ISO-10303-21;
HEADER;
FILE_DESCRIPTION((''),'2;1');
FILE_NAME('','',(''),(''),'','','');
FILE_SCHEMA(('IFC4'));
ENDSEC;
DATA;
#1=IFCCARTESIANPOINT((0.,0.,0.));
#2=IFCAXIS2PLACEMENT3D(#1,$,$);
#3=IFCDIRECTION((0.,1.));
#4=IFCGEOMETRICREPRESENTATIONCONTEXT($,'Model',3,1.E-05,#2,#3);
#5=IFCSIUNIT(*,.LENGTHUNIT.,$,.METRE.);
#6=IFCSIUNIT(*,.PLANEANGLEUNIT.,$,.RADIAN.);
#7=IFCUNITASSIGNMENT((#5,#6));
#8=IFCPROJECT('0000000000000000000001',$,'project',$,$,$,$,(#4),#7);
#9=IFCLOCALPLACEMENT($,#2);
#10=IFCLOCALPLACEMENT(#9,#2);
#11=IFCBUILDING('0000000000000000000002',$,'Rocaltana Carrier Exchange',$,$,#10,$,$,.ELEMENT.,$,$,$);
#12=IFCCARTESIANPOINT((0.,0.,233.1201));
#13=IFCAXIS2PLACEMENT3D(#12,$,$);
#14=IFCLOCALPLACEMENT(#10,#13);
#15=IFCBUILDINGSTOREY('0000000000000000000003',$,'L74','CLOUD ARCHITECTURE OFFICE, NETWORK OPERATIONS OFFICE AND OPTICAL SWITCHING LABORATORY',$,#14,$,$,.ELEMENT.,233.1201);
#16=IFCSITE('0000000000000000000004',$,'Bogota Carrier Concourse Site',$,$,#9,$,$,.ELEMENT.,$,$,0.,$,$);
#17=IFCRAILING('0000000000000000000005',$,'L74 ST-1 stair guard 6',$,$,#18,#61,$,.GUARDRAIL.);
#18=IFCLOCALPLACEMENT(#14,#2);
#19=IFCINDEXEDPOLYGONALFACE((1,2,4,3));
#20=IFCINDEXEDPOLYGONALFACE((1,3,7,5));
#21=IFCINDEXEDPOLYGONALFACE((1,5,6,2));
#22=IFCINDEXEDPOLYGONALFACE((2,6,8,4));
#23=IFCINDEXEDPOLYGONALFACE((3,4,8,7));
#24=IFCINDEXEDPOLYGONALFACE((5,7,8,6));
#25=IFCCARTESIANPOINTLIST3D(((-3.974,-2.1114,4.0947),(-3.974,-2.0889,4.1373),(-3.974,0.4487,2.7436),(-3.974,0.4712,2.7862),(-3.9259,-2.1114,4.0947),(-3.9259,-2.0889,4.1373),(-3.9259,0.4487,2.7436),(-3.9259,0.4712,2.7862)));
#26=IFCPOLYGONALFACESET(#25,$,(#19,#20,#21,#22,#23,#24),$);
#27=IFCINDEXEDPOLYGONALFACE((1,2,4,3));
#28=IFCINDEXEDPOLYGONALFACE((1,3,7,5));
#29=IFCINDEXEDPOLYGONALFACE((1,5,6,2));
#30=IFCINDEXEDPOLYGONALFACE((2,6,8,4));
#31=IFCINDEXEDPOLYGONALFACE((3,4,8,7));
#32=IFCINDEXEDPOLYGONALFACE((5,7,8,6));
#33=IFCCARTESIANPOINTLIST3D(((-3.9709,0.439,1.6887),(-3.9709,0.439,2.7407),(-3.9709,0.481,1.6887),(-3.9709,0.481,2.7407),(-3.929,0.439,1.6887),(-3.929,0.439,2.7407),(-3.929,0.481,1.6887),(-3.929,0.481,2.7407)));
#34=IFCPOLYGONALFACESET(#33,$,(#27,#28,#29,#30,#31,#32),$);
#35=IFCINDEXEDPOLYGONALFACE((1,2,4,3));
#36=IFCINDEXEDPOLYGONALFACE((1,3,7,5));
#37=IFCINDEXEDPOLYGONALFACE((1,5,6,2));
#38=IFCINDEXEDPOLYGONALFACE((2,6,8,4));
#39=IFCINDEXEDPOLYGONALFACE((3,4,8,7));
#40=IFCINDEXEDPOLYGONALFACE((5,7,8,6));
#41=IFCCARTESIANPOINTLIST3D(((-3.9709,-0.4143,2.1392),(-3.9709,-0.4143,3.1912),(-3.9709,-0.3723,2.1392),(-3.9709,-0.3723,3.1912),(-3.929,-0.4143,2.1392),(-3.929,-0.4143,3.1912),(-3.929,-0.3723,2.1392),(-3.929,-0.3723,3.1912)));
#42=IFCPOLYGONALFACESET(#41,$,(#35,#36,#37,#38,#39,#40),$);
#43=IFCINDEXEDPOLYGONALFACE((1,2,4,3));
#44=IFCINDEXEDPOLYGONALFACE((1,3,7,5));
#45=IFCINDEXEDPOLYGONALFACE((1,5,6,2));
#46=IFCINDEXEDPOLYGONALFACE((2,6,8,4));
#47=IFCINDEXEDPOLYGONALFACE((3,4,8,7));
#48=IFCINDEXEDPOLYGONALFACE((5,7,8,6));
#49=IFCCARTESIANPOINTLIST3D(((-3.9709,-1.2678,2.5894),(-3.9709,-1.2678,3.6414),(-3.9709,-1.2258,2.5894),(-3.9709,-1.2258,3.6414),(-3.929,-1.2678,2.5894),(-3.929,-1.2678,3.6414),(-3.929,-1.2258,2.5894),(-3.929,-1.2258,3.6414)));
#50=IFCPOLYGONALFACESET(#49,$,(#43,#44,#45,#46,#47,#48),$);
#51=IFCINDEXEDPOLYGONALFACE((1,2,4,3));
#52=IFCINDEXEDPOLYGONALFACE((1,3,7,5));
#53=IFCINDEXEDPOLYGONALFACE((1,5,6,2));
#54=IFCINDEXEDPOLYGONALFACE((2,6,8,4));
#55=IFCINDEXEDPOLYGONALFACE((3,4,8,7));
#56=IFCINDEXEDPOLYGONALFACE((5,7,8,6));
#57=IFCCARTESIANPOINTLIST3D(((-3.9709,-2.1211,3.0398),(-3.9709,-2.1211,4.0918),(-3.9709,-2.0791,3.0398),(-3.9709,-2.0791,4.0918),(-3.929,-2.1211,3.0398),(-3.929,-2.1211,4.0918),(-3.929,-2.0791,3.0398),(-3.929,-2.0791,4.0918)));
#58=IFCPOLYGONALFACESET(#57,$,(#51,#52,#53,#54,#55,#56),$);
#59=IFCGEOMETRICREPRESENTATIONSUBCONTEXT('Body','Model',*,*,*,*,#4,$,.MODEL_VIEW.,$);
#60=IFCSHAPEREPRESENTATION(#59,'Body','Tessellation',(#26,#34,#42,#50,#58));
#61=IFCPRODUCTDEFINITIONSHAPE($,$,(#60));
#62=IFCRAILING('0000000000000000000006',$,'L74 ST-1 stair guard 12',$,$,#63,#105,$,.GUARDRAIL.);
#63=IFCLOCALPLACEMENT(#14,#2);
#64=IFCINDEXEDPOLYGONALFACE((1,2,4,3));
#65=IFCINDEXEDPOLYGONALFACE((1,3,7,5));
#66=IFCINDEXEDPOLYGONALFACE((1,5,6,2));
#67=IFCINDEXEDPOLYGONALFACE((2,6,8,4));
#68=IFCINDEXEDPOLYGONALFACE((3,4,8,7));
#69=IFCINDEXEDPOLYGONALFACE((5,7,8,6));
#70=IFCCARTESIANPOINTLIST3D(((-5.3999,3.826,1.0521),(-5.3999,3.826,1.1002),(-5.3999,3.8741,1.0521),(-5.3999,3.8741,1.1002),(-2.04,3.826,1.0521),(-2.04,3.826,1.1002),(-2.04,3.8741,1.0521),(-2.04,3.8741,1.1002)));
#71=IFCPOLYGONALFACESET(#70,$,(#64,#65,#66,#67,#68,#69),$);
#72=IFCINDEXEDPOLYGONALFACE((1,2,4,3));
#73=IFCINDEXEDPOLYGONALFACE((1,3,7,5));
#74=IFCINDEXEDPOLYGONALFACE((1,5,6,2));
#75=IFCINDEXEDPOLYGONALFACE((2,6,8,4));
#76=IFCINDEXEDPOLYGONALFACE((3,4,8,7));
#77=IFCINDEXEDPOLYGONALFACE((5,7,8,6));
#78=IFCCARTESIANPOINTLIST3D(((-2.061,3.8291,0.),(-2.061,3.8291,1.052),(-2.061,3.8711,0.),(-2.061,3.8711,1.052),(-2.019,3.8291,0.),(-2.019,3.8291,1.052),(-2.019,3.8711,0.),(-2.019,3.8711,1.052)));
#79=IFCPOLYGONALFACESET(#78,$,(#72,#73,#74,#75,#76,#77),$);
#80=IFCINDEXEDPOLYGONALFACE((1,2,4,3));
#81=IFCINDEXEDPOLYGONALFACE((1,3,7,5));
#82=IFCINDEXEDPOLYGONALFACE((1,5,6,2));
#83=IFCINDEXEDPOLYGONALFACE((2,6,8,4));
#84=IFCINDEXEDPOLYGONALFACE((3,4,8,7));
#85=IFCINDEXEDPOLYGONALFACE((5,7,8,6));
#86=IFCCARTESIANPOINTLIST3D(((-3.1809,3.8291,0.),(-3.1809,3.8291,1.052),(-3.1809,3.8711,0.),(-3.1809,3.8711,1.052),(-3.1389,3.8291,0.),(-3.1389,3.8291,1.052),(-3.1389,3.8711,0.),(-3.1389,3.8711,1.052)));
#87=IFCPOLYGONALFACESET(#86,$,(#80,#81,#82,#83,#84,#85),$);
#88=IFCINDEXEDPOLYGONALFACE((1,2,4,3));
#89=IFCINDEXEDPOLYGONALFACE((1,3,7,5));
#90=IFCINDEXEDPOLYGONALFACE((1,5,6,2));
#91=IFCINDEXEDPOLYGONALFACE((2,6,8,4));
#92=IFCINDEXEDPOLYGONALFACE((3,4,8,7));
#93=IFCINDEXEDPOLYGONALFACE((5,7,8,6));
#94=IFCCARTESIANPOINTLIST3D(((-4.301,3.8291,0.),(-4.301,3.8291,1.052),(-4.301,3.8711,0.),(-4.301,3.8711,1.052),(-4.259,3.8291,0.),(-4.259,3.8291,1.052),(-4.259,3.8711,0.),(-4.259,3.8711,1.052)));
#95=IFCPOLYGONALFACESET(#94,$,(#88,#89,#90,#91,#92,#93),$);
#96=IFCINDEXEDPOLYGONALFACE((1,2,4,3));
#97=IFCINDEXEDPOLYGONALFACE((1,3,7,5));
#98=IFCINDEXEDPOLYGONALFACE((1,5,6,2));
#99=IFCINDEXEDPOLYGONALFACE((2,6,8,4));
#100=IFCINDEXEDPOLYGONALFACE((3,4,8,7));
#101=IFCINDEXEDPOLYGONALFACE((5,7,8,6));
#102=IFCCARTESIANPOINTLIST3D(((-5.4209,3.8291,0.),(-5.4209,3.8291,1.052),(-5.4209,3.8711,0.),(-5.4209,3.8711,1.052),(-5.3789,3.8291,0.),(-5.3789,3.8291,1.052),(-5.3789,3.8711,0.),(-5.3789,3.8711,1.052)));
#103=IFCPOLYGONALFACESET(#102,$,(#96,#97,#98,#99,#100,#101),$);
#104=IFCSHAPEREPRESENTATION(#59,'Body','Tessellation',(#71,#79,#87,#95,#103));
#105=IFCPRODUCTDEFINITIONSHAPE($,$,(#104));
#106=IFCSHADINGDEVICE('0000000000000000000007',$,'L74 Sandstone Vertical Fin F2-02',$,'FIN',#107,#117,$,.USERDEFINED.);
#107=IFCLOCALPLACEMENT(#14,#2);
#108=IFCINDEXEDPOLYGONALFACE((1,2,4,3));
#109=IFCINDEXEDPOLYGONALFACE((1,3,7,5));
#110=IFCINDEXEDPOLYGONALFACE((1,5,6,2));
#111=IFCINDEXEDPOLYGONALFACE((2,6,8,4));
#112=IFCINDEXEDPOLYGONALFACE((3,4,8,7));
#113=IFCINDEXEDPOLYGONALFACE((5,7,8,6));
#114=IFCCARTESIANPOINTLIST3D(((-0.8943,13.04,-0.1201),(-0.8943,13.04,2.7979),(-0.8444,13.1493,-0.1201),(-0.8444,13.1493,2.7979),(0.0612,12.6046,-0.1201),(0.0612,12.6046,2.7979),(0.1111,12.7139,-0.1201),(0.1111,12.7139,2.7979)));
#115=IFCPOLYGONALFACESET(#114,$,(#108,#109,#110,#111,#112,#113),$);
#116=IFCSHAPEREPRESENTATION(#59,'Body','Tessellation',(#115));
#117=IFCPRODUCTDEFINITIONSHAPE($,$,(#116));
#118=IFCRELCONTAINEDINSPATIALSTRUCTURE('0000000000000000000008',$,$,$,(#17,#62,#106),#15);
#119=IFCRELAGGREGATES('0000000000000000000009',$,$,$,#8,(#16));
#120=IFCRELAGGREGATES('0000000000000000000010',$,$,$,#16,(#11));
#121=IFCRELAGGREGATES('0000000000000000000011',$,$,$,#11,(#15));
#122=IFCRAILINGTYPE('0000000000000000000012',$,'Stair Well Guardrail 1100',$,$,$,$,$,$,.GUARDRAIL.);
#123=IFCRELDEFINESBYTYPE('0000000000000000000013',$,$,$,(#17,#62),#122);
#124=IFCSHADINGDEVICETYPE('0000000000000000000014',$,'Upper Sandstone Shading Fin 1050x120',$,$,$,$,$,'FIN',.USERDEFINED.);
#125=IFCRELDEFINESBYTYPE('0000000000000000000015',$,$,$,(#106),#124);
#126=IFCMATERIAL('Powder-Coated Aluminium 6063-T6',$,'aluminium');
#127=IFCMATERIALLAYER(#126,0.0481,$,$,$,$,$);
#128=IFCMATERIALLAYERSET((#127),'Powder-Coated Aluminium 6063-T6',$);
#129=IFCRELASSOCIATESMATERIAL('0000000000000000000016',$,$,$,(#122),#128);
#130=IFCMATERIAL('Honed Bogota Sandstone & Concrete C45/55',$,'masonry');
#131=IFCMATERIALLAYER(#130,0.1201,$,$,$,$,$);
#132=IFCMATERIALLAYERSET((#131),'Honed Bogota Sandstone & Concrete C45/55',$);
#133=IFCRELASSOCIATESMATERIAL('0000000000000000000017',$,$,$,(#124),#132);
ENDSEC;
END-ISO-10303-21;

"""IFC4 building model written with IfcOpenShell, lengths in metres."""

from ifc_helpers import new_model, si_unit, direction, frame, origin, origin_2d, place, context, subcontext, project, spatial, rectangle, extrude, material, layer, layer_set, type_object, element, save


model = new_model("IFC4")

# Units and contexts
model_context = context("Model", 3, precision=1e-05, world=origin(), true_north=direction((0.0, 1.0)))
body_context = subcontext(model_context, "Body", "Model", "MODEL_VIEW")
ifc_project = project(units=[si_unit("LENGTHUNIT", "METRE"), si_unit("PLANEANGLEUNIT", "RADIAN")], contexts=[model_context])

# Site, building, storey
site_placement = place(None, origin())
site = spatial("IfcSite", under=ifc_project, at=site_placement, Name="Bogota Carrier Concourse Site", CompositionType="ELEMENT", RefElevation=0.0)
building_placement = place(site_placement, origin())
building = spatial("IfcBuilding", under=site, at=building_placement, Name="Rocaltana Carrier Exchange", CompositionType="ELEMENT")
storey_placement = place(building_placement, frame((0.0, 0.0, 233.1201)))
storey = spatial("IfcBuildingStorey", under=building, at=storey_placement, Name="L74", Description="CLOUD ARCHITECTURE OFFICE, NETWORK OPERATIONS OFFICE AND OPTICAL SWITCHING LABORATORY", CompositionType="ELEMENT", Elevation=233.1201)

# Railings
ifc_material_1 = material(Name="Powder-Coated Aluminium 6063-T6", Category="aluminium")
ifc_layer_1 = layer(ifc_material_1, 0.0481)
ifc_layer_set_1 = layer_set([ifc_layer_1], Name="Powder-Coated Aluminium 6063-T6")
railing_type_1 = type_object("IfcRailingType", Name="Stair Well Guardrail 1100", PredefinedType="GUARDRAIL", material=ifc_layer_set_1)
railing_1_placement = place(storey_placement, frame((-3.95, 0.46, 1.6887)))
element("IfcRailing", 1, at=railing_1_placement, inside=storey, type_object=railing_type_1, Name="L74 ST-1 stair guard 6", PredefinedType="GUARDRAIL", context=body_context, shape_type="SweptSolid", body=[
    extrude(rectangle(XDim=0.0481, YDim=0.0481, at=origin_2d()), frame((0.0, 0.0, 1.0762), z_axis=(0.0, -0.884394, 0.46674), x_axis=(1.0, 0.0, 0.0)), (0.0, 0.0, 1.0), 2.8948),
    extrude(rectangle(XDim=0.042, YDim=0.042, at=origin_2d()), origin(), (0.0, 0.0, 1.0), 1.052),
    extrude(rectangle(XDim=0.042, YDim=0.042, at=origin_2d()), frame((0.0, -0.8533, 0.4504)), (0.0, 0.0, 1.0), 1.052),
    extrude(rectangle(XDim=0.042, YDim=0.042, at=origin_2d()), frame((0.0, -1.7068, 0.9006)), (0.0, 0.0, 1.0), 1.052),
    extrude(rectangle(XDim=0.042, YDim=0.042, at=origin_2d()), frame((0.0, -2.5601, 1.3511)), (0.0, 0.0, 1.0), 1.052),
])
railing_2_placement = place(storey_placement, frame((-2.04, 3.8501, 0.0)))
element("IfcRailing", 2, at=railing_2_placement, inside=storey, type_object=railing_type_1, Name="L74 ST-1 stair guard 12", PredefinedType="GUARDRAIL", context=body_context, shape_type="SweptSolid", body=[
    extrude(rectangle(XDim=0.0481, YDim=0.0481, at=origin_2d()), frame((0.0, 0.0, 1.0762), z_axis=(-1.0, 0.0, 0.0), x_axis=(0.0, -1.0, 0.0)), (0.0, 0.0, 1.0), 3.3599),
    extrude(rectangle(XDim=0.042, YDim=0.042, at=origin_2d()), origin(), (0.0, 0.0, 1.0), 1.052),
    extrude(rectangle(XDim=0.042, YDim=0.042, at=origin_2d()), frame((-1.1199, 0.0, 0.0)), (0.0, 0.0, 1.0), 1.052),
    extrude(rectangle(XDim=0.042, YDim=0.042, at=origin_2d()), frame((-2.24, 0.0, 0.0)), (0.0, 0.0, 1.0), 1.052),
    extrude(rectangle(XDim=0.042, YDim=0.042, at=origin_2d()), frame((-3.3599, 0.0, 0.0)), (0.0, 0.0, 1.0), 1.052),
])

# Shading device
ifc_material_2 = material(Name="Honed Bogota Sandstone & Concrete C45/55", Category="masonry")
ifc_layer_2 = layer(ifc_material_2, 0.1201)
ifc_layer_set_2 = layer_set([ifc_layer_2], Name="Honed Bogota Sandstone & Concrete C45/55")
shading_device_type = type_object("IfcShadingDeviceType", Name="Upper Sandstone Shading Fin 1050x120", ElementType="FIN", PredefinedType="USERDEFINED", material=ifc_layer_set_2)
shading_device_placement = place(storey_placement, frame((-0.3916, 12.877, -0.1201), z_axis=(0.0, 0.0, 1.0), x_axis=(-0.909961, 0.414693, 0.0)))
element("IfcShadingDevice", 3, at=shading_device_placement, inside=storey, type_object=shading_device_type, Name="L74 Sandstone Vertical Fin F2-02", ObjectType="FIN", PredefinedType="USERDEFINED", context=body_context, shape_type="SweptSolid", body=[
    extrude(rectangle(XDim=1.05, YDim=0.1201, at=origin_2d()), origin(), (0.0, 0.0, 1.0), 2.918),
])

save(model, "model.ifc")
